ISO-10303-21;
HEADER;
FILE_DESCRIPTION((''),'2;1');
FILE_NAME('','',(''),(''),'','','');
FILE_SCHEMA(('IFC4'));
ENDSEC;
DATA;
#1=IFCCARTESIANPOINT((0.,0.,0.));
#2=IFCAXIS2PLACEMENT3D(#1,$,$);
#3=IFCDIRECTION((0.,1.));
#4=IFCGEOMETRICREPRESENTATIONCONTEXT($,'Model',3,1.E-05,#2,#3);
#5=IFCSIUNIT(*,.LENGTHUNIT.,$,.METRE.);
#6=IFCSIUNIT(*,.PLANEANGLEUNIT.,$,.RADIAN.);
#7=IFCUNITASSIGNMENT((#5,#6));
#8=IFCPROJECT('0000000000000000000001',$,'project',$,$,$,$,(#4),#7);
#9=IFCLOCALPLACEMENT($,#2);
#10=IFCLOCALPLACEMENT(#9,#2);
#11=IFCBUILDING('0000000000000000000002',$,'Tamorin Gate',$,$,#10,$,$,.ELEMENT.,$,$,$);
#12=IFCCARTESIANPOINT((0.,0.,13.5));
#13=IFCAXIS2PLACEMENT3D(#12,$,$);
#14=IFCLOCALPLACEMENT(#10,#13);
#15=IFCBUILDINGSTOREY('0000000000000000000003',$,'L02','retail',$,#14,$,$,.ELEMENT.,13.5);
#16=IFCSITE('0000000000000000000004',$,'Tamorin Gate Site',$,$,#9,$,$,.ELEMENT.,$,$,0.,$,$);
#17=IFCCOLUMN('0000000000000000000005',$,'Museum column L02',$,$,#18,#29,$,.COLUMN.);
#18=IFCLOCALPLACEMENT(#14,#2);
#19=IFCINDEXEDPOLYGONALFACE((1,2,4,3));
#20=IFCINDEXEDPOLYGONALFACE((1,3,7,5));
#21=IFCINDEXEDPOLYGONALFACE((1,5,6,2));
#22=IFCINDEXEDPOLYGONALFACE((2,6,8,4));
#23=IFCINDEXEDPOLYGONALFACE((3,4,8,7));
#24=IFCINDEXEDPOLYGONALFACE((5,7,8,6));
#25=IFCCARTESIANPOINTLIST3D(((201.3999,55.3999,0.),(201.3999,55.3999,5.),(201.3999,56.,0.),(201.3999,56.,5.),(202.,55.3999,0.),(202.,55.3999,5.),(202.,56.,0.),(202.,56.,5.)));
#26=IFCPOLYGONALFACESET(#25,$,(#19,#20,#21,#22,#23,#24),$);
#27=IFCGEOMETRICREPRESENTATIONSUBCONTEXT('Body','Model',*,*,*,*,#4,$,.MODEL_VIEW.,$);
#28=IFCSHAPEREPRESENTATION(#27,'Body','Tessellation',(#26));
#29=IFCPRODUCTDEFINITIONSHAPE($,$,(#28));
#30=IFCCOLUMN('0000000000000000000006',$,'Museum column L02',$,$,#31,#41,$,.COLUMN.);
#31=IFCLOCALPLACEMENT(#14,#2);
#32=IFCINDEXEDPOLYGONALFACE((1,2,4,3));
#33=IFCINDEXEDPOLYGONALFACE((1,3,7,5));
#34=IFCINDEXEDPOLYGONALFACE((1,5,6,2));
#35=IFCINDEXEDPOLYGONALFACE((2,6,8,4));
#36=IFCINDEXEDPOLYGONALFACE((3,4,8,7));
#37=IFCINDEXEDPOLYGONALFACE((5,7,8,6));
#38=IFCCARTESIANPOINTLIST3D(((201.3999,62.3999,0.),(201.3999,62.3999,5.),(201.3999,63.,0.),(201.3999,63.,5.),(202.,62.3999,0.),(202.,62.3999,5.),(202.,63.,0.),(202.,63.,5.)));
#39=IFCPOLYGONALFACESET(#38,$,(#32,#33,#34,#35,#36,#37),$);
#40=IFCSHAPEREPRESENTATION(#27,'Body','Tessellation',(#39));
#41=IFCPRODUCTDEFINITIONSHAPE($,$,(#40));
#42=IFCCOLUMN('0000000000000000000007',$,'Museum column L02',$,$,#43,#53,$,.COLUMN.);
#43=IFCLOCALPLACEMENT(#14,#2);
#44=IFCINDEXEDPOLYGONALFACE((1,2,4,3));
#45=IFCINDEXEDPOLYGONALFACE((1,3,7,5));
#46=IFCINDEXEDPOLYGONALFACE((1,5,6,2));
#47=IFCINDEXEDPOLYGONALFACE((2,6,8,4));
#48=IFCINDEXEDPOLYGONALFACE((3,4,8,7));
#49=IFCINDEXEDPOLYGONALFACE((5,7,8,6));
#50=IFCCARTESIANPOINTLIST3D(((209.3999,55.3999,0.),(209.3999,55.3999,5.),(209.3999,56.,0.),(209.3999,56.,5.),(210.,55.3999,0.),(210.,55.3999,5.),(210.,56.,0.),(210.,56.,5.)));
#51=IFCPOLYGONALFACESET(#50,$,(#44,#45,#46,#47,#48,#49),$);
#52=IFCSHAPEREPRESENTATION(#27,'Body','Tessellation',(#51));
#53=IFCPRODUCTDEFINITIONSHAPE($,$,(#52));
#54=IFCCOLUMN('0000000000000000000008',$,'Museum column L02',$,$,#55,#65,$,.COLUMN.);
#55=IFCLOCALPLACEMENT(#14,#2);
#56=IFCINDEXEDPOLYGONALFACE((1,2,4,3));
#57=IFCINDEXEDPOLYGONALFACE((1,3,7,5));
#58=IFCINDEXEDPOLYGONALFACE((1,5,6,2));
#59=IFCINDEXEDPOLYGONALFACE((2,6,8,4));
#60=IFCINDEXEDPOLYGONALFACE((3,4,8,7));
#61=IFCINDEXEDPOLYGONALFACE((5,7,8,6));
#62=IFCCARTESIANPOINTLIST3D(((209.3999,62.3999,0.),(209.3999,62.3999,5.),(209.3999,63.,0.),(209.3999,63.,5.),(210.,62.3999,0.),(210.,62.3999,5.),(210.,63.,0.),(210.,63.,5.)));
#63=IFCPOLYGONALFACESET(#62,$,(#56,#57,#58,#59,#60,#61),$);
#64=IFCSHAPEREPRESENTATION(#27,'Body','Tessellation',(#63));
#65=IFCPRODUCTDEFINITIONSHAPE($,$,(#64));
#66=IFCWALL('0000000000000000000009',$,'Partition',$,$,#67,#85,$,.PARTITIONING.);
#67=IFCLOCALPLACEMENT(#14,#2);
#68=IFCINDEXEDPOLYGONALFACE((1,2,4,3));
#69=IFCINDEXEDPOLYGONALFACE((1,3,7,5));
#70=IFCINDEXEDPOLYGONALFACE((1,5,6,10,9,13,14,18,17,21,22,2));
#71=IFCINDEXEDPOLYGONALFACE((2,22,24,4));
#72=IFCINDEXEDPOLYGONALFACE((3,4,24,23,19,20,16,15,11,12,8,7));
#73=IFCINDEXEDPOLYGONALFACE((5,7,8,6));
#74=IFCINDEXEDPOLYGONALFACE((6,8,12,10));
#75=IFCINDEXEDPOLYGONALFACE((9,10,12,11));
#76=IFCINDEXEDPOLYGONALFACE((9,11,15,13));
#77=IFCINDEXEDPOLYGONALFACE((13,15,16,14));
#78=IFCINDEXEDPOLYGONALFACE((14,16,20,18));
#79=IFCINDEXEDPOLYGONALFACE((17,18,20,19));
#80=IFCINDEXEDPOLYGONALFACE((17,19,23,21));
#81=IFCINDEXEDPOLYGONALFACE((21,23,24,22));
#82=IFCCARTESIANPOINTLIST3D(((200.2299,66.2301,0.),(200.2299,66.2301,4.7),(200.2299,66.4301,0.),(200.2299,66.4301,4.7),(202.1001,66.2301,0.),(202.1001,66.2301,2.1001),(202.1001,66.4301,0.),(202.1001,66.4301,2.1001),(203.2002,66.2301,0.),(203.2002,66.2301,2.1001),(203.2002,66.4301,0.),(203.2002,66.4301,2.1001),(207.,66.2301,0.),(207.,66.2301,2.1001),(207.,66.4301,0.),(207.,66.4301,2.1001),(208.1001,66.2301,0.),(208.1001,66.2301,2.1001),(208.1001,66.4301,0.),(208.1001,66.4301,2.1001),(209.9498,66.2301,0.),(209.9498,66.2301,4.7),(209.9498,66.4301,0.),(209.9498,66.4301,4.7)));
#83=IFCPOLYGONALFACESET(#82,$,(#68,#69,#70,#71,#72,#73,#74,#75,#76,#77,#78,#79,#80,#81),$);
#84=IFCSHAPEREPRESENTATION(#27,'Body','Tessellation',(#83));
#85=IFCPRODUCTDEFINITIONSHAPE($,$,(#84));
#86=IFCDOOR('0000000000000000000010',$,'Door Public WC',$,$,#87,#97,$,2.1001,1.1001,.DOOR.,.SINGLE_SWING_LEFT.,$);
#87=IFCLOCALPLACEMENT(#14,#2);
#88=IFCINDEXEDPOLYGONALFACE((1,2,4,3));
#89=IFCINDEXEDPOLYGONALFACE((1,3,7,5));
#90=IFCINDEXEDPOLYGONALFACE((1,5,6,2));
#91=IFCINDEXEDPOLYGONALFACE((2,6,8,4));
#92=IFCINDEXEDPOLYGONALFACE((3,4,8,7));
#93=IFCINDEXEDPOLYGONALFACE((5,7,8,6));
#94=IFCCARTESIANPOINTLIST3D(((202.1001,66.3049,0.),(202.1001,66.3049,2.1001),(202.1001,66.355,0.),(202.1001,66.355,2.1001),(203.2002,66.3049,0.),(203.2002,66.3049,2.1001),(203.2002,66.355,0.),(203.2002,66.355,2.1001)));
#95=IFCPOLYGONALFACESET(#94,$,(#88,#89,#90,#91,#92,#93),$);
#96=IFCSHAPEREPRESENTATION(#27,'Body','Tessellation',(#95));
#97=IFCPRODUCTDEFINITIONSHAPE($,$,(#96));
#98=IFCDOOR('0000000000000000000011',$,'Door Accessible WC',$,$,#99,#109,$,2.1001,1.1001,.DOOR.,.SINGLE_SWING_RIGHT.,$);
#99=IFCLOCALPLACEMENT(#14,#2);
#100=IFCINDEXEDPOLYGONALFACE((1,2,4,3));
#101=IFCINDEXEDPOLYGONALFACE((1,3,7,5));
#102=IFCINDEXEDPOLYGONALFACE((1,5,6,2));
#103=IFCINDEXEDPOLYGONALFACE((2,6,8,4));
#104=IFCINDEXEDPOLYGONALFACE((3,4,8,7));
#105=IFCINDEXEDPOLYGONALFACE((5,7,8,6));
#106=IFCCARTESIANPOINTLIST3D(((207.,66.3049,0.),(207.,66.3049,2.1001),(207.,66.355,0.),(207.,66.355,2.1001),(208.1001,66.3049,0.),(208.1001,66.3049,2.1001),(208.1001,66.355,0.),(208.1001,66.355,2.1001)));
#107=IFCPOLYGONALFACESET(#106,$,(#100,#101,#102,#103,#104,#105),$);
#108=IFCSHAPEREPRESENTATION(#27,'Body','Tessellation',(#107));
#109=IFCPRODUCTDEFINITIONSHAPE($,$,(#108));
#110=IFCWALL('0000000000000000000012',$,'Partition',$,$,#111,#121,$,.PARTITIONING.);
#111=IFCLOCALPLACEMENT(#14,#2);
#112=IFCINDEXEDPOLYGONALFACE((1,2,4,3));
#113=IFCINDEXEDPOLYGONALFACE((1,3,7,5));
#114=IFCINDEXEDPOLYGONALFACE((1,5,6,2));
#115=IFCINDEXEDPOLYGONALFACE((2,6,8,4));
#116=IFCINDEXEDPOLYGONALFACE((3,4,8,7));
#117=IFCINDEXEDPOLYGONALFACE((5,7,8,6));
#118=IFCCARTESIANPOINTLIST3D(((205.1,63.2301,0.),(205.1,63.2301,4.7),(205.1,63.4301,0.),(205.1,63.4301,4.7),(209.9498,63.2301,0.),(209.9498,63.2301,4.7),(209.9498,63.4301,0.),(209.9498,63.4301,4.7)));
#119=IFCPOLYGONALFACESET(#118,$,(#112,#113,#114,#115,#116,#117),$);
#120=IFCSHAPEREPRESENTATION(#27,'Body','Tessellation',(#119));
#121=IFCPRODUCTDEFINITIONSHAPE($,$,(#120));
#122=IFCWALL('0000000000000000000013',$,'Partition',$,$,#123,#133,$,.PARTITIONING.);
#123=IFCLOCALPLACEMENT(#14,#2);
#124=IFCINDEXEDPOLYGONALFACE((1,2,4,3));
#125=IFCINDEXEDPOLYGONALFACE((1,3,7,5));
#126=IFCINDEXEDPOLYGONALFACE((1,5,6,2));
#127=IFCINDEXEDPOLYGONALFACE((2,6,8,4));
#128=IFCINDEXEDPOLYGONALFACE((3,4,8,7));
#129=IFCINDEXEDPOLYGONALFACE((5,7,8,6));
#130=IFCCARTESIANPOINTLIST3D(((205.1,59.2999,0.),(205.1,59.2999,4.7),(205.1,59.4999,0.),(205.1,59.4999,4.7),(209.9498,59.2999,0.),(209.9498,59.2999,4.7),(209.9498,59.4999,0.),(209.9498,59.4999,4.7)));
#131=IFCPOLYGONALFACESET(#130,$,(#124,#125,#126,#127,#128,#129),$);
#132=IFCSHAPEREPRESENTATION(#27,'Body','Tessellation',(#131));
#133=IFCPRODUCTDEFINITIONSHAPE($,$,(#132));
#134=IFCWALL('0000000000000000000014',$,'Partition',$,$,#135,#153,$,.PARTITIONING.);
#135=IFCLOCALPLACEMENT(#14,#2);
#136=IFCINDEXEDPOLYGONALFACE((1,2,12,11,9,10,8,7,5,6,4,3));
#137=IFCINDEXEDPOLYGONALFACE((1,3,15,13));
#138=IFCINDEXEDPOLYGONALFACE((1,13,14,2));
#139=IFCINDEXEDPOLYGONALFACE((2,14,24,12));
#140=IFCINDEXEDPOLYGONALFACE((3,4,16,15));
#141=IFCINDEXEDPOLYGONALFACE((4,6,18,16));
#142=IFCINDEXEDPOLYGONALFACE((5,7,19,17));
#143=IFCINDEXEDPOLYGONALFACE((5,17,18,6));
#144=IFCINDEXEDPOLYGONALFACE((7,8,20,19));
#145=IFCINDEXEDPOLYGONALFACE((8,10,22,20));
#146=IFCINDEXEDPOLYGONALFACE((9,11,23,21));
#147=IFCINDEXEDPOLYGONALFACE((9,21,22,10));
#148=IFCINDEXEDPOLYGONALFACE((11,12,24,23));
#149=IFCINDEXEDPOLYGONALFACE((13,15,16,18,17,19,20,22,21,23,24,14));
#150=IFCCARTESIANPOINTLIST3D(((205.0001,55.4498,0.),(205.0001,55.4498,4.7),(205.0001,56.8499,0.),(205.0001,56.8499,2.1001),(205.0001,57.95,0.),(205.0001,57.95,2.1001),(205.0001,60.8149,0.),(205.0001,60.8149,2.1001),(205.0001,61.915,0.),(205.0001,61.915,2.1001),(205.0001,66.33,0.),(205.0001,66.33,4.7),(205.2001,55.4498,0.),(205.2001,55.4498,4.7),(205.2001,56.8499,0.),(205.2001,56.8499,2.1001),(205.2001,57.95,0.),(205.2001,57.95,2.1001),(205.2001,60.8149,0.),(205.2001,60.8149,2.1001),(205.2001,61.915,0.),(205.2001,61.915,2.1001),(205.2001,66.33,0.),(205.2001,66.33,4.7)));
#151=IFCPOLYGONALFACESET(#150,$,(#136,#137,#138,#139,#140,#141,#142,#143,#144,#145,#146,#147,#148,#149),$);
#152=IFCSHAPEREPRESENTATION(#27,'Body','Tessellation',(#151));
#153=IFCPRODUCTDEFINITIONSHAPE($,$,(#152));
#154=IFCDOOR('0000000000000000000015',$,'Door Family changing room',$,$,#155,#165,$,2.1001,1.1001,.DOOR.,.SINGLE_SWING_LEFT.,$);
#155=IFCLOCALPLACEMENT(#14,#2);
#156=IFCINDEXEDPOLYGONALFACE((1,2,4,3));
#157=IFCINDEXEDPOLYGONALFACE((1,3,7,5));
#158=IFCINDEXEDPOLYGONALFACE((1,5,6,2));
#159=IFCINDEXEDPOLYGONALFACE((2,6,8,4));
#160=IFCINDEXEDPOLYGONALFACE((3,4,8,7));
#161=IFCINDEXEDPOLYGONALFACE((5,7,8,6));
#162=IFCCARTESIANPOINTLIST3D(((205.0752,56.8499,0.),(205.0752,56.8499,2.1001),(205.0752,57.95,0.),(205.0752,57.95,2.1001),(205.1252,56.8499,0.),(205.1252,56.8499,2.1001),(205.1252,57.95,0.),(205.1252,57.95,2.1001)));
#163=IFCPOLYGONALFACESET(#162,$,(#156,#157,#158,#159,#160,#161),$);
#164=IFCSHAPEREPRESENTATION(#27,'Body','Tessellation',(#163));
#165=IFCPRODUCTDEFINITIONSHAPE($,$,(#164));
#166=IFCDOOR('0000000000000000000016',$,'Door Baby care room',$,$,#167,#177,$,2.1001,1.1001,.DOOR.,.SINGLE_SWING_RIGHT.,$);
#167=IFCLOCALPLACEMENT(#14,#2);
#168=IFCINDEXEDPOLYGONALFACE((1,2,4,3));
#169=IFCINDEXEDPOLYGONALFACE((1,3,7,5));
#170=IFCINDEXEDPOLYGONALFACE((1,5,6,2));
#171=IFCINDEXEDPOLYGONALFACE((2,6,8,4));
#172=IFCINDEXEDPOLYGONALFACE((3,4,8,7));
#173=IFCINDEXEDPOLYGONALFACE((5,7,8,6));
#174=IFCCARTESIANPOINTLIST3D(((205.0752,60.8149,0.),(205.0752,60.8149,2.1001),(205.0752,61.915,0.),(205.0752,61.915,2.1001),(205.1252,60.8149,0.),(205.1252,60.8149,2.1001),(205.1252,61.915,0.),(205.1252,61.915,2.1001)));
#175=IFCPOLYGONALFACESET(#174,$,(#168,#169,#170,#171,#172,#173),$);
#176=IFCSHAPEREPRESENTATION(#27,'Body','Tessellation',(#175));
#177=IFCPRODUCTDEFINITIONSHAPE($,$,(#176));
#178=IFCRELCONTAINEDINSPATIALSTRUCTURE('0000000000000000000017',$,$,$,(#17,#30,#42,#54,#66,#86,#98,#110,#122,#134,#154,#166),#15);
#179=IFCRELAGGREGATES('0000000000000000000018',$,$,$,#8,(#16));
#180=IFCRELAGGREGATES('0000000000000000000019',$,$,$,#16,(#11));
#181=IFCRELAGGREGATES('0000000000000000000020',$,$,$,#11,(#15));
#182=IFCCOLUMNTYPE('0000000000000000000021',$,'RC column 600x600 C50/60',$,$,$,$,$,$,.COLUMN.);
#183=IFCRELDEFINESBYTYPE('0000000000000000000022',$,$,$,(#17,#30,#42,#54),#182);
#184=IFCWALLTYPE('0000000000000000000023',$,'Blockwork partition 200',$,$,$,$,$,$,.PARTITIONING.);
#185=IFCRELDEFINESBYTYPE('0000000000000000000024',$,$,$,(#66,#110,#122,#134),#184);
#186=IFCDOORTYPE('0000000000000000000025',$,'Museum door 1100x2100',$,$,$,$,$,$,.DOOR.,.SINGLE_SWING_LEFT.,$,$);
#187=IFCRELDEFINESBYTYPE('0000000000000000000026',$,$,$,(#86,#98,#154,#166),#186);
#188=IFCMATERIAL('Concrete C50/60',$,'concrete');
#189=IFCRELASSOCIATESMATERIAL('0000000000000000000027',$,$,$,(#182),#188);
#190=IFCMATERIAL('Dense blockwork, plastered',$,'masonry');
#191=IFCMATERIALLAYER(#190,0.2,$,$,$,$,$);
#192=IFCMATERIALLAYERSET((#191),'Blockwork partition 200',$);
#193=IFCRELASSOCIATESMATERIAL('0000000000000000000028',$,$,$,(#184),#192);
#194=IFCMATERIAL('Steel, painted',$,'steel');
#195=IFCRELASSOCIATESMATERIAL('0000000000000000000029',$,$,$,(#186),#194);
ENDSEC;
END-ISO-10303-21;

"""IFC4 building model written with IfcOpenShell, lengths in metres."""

from ifc_helpers import new_model, si_unit, direction, frame, frame_2d, origin, origin_2d, place, context, subcontext, project, spatial, rectangle, extrude, material, layer, layer_set, material_profile, profile_set, type_object, element, fill, save


model = new_model("IFC4")

# Units and contexts
model_context = context("Model", 3, precision=1e-05, world=origin(), true_north=direction((0.0, 1.0)))
body_context = subcontext(model_context, "Body", "Model", "MODEL_VIEW")
ifc_project = project(units=[si_unit("LENGTHUNIT", "METRE"), si_unit("PLANEANGLEUNIT", "RADIAN")], contexts=[model_context])

# Site, building, storey
site_placement = place(None, origin())
site = spatial("IfcSite", under=ifc_project, at=site_placement, Name="Tamorin Gate Site", CompositionType="ELEMENT", RefElevation=0.0)
building_placement = place(site_placement, origin())
building = spatial("IfcBuilding", under=site, at=building_placement, Name="Tamorin Gate", CompositionType="ELEMENT")
storey_placement = place(building_placement, frame((0.0, 0.0, 13.5)))
storey = spatial("IfcBuildingStorey", under=building, at=storey_placement, Name="L02", Description="retail", CompositionType="ELEMENT", Elevation=13.5)

# Columns
ifc_material_1 = material(Name="Concrete C50/60", Category="concrete")
ifc_material_profile = material_profile(ifc_material_1, rectangle(XDim=0.6001, YDim=0.6001, at=origin_2d()))
ifc_profile_set = profile_set([ifc_material_profile], Name="Concrete C50/60")
column_type = type_object("IfcColumnType", Name="RC column 600x600 C50/60", PredefinedType="COLUMN", material=ifc_profile_set)
for number, where, z_axis, x_axis, name in (
    (1, (201.7, 55.7, 0.0), (0.0, 0.0, 1.0), (1.0, 0.0, 0.0), "Museum column L02"),
    (2, (201.7, 62.7, 0.0), (0.0, 0.0, 1.0), (1.0, 0.0, 0.0), "Museum column L02"),
    (3, (209.7, 55.7, 0.0), (0.0, 0.0, 1.0), (1.0, 0.0, 0.0), "Museum column L02"),
    (4, (209.7, 62.7, 0.0), (0.0, 0.0, 1.0), (1.0, 0.0, 0.0), "Museum column L02"),
):
    element("IfcColumn", number, at=place(storey_placement, frame(where, z_axis=z_axis, x_axis=x_axis)), inside=storey, type_object=column_type, Name=name, PredefinedType="COLUMN", context=body_context, shape_type="SweptSolid", body=[
        extrude(rectangle(XDim=0.6001, YDim=0.6001, at=origin_2d()), origin(), (0.0, 0.0, 1.0), 5.0),
    ])

# Wall, openings, doors
ifc_material_2 = material(Name="Dense blockwork, plastered", Category="masonry")
ifc_layer_1 = layer(ifc_material_2, 0.2)
ifc_layer_set_1 = layer_set([ifc_layer_1], Name="Blockwork partition 200")
wall_type_1 = type_object("IfcWallType", Name="Blockwork partition 200", PredefinedType="PARTITIONING", material=ifc_layer_set_1)
wall_1_placement = place(storey_placement, frame((200.23, 66.3301, 0.0), z_axis=(0.0, 0.0, 1.0), x_axis=(1.0, 0.0, 0.0)))
wall_1 = element("IfcWall", 5, at=wall_1_placement, inside=storey, type_object=wall_type_1, Name="Partition", PredefinedType="PARTITIONING", context=body_context, shape_type="SweptSolid", body=[
    extrude(rectangle(XDim=9.72, YDim=0.2, at=frame_2d((4.8599, 0.0))), origin(), (0.0, 0.0, 1.0), 4.7),
])
opening_1_placement = place(wall_1_placement, frame((1.8701, 0.0, 0.0)))
opening_1 = element("IfcOpeningElement", 6, at=opening_1_placement, cuts=wall_1, PredefinedType="OPENING", context=body_context, shape_type="SweptSolid", body=[
    extrude(rectangle(XDim=1.1001, YDim=2.1001, at=frame_2d((0.55, 1.05))), frame((0.0, 0.1099, 0.0), z_axis=(0.0, -1.0, 0.0), x_axis=(1.0, 0.0, 0.0)), (0.0, 0.0, 1.0), 0.22),
])
opening_2_placement = place(wall_1_placement, frame((6.77, 0.0, 0.0)))
opening_2 = element("IfcOpeningElement", 7, at=opening_2_placement, cuts=wall_1, PredefinedType="OPENING", context=body_context, shape_type="SweptSolid", body=[
    extrude(rectangle(XDim=1.1001, YDim=2.1001, at=frame_2d((0.55, 1.05))), frame((0.0, 0.1099, 0.0), z_axis=(0.0, -1.0, 0.0), x_axis=(1.0, 0.0, 0.0)), (0.0, 0.0, 1.0), 0.22),
])
ifc_material_3 = material(Name="Steel, painted", Category="steel")
door_type = type_object("IfcDoorType", Name="Museum door 1100x2100", OperationType="SINGLE_SWING_LEFT", PredefinedType="DOOR", material=ifc_material_3)
door_1_placement = place(opening_1_placement, origin())
door_1 = element("IfcDoor", 8, at=door_1_placement, inside=storey, type_object=door_type, Name="Door Public WC", OperationType="SINGLE_SWING_LEFT", OverallHeight=2.1001, OverallWidth=1.1001, PredefinedType="DOOR", context=body_context, shape_type="SweptSolid", body=[
    extrude(rectangle(XDim=1.1001, YDim=2.1001, at=frame_2d((0.55, 1.05))), frame((0.0, 0.0249, 0.0), z_axis=(0.0, -1.0, 0.0), x_axis=(1.0, 0.0, 0.0)), (0.0, 0.0, 1.0), 0.05),
])
fill(opening_1, door_1)
door_2_placement = place(opening_2_placement, origin())
door_2 = element("IfcDoor", 9, at=door_2_placement, inside=storey, type_object=door_type, Name="Door Accessible WC", OperationType="SINGLE_SWING_RIGHT", OverallHeight=2.1001, OverallWidth=1.1001, PredefinedType="DOOR", context=body_context, shape_type="SweptSolid", body=[
    extrude(rectangle(XDim=1.1001, YDim=2.1001, at=frame_2d((0.55, 1.05))), frame((0.0, 0.0249, 0.0), z_axis=(0.0, -1.0, 0.0), x_axis=(1.0, 0.0, 0.0)), (0.0, 0.0, 1.0), 0.05),
])
fill(opening_2, door_2)

# Walls
for number, where, z_axis, x_axis, name in (
    (10, (205.1001, 63.3301, 0.0), (0.0, 0.0, 1.0), (1.0, 0.0, 0.0), "Partition"),
    (11, (205.1001, 59.3999, 0.0), (0.0, 0.0, 1.0), (1.0, 0.0, 0.0), "Partition"),
):
    element("IfcWall", number, at=place(storey_placement, frame(where, z_axis=z_axis, x_axis=x_axis)), inside=storey, type_object=wall_type_1, Name=name, PredefinedType="PARTITIONING", context=body_context, shape_type="SweptSolid", body=[
        extrude(rectangle(XDim=4.8499, YDim=0.2, at=frame_2d((2.4248, 0.0))), origin(), (0.0, 0.0, 1.0), 4.7),
    ])

# Wall, openings, doors
wall_2_placement = place(storey_placement, frame((205.1001, 55.45, 0.0), z_axis=(0.0, 0.0, 1.0), x_axis=(0.0, 1.0, 0.0)))
wall_2 = element("IfcWall", 12, at=wall_2_placement, inside=storey, type_object=wall_type_1, Name="Partition", PredefinedType="PARTITIONING", context=body_context, shape_type="SweptSolid", body=[
    extrude(rectangle(XDim=10.8801, YDim=0.2, at=frame_2d((5.4399, 0.0))), origin(), (0.0, 0.0, 1.0), 4.7),
])
opening_3_placement = place(wall_2_placement, frame((1.3999, 0.0, 0.0)))
opening_3 = element("IfcOpeningElement", 13, at=opening_3_placement, cuts=wall_2, PredefinedType="OPENING", context=body_context, shape_type="SweptSolid", body=[
    extrude(rectangle(XDim=1.1001, YDim=2.1001, at=frame_2d((0.55, 1.05))), frame((0.0, 0.1099, 0.0), z_axis=(0.0, -1.0, 0.0), x_axis=(1.0, 0.0, 0.0)), (0.0, 0.0, 1.0), 0.22),
])
opening_4_placement = place(wall_2_placement, frame((5.365, 0.0, 0.0)))
opening_4 = element("IfcOpeningElement", 14, at=opening_4_placement, cuts=wall_2, PredefinedType="OPENING", context=body_context, shape_type="SweptSolid", body=[
    extrude(rectangle(XDim=1.1001, YDim=2.1001, at=frame_2d((0.55, 1.05))), frame((0.0, 0.1099, 0.0), z_axis=(0.0, -1.0, 0.0), x_axis=(1.0, 0.0, 0.0)), (0.0, 0.0, 1.0), 0.22),
])
door_3_placement = place(opening_3_placement, origin())
door_3 = element("IfcDoor", 15, at=door_3_placement, inside=storey, type_object=door_type, Name="Door Family changing room", OperationType="SINGLE_SWING_LEFT", OverallHeight=2.1001, OverallWidth=1.1001, PredefinedType="DOOR", context=body_context, shape_type="SweptSolid", body=[
    extrude(rectangle(XDim=1.1001, YDim=2.1001, at=frame_2d((0.55, 1.05))), frame((0.0, 0.0249, 0.0), z_axis=(0.0, -1.0, 0.0), x_axis=(1.0, 0.0, 0.0)), (0.0, 0.0, 1.0), 0.05),
])
fill(opening_3, door_3)
door_4_placement = place(opening_4_placement, origin())
door_4 = element("IfcDoor", 16, at=door_4_placement, inside=storey, type_object=door_type, Name="Door Baby care room", OperationType="SINGLE_SWING_RIGHT", OverallHeight=2.1001, OverallWidth=1.1001, PredefinedType="DOOR", context=body_context, shape_type="SweptSolid", body=[
    extrude(rectangle(XDim=1.1001, YDim=2.1001, at=frame_2d((0.55, 1.05))), frame((0.0, 0.0249, 0.0), z_axis=(0.0, -1.0, 0.0), x_axis=(1.0, 0.0, 0.0)), (0.0, 0.0, 1.0), 0.05),
])
fill(opening_4, door_4)

save(model, "model.ifc")
